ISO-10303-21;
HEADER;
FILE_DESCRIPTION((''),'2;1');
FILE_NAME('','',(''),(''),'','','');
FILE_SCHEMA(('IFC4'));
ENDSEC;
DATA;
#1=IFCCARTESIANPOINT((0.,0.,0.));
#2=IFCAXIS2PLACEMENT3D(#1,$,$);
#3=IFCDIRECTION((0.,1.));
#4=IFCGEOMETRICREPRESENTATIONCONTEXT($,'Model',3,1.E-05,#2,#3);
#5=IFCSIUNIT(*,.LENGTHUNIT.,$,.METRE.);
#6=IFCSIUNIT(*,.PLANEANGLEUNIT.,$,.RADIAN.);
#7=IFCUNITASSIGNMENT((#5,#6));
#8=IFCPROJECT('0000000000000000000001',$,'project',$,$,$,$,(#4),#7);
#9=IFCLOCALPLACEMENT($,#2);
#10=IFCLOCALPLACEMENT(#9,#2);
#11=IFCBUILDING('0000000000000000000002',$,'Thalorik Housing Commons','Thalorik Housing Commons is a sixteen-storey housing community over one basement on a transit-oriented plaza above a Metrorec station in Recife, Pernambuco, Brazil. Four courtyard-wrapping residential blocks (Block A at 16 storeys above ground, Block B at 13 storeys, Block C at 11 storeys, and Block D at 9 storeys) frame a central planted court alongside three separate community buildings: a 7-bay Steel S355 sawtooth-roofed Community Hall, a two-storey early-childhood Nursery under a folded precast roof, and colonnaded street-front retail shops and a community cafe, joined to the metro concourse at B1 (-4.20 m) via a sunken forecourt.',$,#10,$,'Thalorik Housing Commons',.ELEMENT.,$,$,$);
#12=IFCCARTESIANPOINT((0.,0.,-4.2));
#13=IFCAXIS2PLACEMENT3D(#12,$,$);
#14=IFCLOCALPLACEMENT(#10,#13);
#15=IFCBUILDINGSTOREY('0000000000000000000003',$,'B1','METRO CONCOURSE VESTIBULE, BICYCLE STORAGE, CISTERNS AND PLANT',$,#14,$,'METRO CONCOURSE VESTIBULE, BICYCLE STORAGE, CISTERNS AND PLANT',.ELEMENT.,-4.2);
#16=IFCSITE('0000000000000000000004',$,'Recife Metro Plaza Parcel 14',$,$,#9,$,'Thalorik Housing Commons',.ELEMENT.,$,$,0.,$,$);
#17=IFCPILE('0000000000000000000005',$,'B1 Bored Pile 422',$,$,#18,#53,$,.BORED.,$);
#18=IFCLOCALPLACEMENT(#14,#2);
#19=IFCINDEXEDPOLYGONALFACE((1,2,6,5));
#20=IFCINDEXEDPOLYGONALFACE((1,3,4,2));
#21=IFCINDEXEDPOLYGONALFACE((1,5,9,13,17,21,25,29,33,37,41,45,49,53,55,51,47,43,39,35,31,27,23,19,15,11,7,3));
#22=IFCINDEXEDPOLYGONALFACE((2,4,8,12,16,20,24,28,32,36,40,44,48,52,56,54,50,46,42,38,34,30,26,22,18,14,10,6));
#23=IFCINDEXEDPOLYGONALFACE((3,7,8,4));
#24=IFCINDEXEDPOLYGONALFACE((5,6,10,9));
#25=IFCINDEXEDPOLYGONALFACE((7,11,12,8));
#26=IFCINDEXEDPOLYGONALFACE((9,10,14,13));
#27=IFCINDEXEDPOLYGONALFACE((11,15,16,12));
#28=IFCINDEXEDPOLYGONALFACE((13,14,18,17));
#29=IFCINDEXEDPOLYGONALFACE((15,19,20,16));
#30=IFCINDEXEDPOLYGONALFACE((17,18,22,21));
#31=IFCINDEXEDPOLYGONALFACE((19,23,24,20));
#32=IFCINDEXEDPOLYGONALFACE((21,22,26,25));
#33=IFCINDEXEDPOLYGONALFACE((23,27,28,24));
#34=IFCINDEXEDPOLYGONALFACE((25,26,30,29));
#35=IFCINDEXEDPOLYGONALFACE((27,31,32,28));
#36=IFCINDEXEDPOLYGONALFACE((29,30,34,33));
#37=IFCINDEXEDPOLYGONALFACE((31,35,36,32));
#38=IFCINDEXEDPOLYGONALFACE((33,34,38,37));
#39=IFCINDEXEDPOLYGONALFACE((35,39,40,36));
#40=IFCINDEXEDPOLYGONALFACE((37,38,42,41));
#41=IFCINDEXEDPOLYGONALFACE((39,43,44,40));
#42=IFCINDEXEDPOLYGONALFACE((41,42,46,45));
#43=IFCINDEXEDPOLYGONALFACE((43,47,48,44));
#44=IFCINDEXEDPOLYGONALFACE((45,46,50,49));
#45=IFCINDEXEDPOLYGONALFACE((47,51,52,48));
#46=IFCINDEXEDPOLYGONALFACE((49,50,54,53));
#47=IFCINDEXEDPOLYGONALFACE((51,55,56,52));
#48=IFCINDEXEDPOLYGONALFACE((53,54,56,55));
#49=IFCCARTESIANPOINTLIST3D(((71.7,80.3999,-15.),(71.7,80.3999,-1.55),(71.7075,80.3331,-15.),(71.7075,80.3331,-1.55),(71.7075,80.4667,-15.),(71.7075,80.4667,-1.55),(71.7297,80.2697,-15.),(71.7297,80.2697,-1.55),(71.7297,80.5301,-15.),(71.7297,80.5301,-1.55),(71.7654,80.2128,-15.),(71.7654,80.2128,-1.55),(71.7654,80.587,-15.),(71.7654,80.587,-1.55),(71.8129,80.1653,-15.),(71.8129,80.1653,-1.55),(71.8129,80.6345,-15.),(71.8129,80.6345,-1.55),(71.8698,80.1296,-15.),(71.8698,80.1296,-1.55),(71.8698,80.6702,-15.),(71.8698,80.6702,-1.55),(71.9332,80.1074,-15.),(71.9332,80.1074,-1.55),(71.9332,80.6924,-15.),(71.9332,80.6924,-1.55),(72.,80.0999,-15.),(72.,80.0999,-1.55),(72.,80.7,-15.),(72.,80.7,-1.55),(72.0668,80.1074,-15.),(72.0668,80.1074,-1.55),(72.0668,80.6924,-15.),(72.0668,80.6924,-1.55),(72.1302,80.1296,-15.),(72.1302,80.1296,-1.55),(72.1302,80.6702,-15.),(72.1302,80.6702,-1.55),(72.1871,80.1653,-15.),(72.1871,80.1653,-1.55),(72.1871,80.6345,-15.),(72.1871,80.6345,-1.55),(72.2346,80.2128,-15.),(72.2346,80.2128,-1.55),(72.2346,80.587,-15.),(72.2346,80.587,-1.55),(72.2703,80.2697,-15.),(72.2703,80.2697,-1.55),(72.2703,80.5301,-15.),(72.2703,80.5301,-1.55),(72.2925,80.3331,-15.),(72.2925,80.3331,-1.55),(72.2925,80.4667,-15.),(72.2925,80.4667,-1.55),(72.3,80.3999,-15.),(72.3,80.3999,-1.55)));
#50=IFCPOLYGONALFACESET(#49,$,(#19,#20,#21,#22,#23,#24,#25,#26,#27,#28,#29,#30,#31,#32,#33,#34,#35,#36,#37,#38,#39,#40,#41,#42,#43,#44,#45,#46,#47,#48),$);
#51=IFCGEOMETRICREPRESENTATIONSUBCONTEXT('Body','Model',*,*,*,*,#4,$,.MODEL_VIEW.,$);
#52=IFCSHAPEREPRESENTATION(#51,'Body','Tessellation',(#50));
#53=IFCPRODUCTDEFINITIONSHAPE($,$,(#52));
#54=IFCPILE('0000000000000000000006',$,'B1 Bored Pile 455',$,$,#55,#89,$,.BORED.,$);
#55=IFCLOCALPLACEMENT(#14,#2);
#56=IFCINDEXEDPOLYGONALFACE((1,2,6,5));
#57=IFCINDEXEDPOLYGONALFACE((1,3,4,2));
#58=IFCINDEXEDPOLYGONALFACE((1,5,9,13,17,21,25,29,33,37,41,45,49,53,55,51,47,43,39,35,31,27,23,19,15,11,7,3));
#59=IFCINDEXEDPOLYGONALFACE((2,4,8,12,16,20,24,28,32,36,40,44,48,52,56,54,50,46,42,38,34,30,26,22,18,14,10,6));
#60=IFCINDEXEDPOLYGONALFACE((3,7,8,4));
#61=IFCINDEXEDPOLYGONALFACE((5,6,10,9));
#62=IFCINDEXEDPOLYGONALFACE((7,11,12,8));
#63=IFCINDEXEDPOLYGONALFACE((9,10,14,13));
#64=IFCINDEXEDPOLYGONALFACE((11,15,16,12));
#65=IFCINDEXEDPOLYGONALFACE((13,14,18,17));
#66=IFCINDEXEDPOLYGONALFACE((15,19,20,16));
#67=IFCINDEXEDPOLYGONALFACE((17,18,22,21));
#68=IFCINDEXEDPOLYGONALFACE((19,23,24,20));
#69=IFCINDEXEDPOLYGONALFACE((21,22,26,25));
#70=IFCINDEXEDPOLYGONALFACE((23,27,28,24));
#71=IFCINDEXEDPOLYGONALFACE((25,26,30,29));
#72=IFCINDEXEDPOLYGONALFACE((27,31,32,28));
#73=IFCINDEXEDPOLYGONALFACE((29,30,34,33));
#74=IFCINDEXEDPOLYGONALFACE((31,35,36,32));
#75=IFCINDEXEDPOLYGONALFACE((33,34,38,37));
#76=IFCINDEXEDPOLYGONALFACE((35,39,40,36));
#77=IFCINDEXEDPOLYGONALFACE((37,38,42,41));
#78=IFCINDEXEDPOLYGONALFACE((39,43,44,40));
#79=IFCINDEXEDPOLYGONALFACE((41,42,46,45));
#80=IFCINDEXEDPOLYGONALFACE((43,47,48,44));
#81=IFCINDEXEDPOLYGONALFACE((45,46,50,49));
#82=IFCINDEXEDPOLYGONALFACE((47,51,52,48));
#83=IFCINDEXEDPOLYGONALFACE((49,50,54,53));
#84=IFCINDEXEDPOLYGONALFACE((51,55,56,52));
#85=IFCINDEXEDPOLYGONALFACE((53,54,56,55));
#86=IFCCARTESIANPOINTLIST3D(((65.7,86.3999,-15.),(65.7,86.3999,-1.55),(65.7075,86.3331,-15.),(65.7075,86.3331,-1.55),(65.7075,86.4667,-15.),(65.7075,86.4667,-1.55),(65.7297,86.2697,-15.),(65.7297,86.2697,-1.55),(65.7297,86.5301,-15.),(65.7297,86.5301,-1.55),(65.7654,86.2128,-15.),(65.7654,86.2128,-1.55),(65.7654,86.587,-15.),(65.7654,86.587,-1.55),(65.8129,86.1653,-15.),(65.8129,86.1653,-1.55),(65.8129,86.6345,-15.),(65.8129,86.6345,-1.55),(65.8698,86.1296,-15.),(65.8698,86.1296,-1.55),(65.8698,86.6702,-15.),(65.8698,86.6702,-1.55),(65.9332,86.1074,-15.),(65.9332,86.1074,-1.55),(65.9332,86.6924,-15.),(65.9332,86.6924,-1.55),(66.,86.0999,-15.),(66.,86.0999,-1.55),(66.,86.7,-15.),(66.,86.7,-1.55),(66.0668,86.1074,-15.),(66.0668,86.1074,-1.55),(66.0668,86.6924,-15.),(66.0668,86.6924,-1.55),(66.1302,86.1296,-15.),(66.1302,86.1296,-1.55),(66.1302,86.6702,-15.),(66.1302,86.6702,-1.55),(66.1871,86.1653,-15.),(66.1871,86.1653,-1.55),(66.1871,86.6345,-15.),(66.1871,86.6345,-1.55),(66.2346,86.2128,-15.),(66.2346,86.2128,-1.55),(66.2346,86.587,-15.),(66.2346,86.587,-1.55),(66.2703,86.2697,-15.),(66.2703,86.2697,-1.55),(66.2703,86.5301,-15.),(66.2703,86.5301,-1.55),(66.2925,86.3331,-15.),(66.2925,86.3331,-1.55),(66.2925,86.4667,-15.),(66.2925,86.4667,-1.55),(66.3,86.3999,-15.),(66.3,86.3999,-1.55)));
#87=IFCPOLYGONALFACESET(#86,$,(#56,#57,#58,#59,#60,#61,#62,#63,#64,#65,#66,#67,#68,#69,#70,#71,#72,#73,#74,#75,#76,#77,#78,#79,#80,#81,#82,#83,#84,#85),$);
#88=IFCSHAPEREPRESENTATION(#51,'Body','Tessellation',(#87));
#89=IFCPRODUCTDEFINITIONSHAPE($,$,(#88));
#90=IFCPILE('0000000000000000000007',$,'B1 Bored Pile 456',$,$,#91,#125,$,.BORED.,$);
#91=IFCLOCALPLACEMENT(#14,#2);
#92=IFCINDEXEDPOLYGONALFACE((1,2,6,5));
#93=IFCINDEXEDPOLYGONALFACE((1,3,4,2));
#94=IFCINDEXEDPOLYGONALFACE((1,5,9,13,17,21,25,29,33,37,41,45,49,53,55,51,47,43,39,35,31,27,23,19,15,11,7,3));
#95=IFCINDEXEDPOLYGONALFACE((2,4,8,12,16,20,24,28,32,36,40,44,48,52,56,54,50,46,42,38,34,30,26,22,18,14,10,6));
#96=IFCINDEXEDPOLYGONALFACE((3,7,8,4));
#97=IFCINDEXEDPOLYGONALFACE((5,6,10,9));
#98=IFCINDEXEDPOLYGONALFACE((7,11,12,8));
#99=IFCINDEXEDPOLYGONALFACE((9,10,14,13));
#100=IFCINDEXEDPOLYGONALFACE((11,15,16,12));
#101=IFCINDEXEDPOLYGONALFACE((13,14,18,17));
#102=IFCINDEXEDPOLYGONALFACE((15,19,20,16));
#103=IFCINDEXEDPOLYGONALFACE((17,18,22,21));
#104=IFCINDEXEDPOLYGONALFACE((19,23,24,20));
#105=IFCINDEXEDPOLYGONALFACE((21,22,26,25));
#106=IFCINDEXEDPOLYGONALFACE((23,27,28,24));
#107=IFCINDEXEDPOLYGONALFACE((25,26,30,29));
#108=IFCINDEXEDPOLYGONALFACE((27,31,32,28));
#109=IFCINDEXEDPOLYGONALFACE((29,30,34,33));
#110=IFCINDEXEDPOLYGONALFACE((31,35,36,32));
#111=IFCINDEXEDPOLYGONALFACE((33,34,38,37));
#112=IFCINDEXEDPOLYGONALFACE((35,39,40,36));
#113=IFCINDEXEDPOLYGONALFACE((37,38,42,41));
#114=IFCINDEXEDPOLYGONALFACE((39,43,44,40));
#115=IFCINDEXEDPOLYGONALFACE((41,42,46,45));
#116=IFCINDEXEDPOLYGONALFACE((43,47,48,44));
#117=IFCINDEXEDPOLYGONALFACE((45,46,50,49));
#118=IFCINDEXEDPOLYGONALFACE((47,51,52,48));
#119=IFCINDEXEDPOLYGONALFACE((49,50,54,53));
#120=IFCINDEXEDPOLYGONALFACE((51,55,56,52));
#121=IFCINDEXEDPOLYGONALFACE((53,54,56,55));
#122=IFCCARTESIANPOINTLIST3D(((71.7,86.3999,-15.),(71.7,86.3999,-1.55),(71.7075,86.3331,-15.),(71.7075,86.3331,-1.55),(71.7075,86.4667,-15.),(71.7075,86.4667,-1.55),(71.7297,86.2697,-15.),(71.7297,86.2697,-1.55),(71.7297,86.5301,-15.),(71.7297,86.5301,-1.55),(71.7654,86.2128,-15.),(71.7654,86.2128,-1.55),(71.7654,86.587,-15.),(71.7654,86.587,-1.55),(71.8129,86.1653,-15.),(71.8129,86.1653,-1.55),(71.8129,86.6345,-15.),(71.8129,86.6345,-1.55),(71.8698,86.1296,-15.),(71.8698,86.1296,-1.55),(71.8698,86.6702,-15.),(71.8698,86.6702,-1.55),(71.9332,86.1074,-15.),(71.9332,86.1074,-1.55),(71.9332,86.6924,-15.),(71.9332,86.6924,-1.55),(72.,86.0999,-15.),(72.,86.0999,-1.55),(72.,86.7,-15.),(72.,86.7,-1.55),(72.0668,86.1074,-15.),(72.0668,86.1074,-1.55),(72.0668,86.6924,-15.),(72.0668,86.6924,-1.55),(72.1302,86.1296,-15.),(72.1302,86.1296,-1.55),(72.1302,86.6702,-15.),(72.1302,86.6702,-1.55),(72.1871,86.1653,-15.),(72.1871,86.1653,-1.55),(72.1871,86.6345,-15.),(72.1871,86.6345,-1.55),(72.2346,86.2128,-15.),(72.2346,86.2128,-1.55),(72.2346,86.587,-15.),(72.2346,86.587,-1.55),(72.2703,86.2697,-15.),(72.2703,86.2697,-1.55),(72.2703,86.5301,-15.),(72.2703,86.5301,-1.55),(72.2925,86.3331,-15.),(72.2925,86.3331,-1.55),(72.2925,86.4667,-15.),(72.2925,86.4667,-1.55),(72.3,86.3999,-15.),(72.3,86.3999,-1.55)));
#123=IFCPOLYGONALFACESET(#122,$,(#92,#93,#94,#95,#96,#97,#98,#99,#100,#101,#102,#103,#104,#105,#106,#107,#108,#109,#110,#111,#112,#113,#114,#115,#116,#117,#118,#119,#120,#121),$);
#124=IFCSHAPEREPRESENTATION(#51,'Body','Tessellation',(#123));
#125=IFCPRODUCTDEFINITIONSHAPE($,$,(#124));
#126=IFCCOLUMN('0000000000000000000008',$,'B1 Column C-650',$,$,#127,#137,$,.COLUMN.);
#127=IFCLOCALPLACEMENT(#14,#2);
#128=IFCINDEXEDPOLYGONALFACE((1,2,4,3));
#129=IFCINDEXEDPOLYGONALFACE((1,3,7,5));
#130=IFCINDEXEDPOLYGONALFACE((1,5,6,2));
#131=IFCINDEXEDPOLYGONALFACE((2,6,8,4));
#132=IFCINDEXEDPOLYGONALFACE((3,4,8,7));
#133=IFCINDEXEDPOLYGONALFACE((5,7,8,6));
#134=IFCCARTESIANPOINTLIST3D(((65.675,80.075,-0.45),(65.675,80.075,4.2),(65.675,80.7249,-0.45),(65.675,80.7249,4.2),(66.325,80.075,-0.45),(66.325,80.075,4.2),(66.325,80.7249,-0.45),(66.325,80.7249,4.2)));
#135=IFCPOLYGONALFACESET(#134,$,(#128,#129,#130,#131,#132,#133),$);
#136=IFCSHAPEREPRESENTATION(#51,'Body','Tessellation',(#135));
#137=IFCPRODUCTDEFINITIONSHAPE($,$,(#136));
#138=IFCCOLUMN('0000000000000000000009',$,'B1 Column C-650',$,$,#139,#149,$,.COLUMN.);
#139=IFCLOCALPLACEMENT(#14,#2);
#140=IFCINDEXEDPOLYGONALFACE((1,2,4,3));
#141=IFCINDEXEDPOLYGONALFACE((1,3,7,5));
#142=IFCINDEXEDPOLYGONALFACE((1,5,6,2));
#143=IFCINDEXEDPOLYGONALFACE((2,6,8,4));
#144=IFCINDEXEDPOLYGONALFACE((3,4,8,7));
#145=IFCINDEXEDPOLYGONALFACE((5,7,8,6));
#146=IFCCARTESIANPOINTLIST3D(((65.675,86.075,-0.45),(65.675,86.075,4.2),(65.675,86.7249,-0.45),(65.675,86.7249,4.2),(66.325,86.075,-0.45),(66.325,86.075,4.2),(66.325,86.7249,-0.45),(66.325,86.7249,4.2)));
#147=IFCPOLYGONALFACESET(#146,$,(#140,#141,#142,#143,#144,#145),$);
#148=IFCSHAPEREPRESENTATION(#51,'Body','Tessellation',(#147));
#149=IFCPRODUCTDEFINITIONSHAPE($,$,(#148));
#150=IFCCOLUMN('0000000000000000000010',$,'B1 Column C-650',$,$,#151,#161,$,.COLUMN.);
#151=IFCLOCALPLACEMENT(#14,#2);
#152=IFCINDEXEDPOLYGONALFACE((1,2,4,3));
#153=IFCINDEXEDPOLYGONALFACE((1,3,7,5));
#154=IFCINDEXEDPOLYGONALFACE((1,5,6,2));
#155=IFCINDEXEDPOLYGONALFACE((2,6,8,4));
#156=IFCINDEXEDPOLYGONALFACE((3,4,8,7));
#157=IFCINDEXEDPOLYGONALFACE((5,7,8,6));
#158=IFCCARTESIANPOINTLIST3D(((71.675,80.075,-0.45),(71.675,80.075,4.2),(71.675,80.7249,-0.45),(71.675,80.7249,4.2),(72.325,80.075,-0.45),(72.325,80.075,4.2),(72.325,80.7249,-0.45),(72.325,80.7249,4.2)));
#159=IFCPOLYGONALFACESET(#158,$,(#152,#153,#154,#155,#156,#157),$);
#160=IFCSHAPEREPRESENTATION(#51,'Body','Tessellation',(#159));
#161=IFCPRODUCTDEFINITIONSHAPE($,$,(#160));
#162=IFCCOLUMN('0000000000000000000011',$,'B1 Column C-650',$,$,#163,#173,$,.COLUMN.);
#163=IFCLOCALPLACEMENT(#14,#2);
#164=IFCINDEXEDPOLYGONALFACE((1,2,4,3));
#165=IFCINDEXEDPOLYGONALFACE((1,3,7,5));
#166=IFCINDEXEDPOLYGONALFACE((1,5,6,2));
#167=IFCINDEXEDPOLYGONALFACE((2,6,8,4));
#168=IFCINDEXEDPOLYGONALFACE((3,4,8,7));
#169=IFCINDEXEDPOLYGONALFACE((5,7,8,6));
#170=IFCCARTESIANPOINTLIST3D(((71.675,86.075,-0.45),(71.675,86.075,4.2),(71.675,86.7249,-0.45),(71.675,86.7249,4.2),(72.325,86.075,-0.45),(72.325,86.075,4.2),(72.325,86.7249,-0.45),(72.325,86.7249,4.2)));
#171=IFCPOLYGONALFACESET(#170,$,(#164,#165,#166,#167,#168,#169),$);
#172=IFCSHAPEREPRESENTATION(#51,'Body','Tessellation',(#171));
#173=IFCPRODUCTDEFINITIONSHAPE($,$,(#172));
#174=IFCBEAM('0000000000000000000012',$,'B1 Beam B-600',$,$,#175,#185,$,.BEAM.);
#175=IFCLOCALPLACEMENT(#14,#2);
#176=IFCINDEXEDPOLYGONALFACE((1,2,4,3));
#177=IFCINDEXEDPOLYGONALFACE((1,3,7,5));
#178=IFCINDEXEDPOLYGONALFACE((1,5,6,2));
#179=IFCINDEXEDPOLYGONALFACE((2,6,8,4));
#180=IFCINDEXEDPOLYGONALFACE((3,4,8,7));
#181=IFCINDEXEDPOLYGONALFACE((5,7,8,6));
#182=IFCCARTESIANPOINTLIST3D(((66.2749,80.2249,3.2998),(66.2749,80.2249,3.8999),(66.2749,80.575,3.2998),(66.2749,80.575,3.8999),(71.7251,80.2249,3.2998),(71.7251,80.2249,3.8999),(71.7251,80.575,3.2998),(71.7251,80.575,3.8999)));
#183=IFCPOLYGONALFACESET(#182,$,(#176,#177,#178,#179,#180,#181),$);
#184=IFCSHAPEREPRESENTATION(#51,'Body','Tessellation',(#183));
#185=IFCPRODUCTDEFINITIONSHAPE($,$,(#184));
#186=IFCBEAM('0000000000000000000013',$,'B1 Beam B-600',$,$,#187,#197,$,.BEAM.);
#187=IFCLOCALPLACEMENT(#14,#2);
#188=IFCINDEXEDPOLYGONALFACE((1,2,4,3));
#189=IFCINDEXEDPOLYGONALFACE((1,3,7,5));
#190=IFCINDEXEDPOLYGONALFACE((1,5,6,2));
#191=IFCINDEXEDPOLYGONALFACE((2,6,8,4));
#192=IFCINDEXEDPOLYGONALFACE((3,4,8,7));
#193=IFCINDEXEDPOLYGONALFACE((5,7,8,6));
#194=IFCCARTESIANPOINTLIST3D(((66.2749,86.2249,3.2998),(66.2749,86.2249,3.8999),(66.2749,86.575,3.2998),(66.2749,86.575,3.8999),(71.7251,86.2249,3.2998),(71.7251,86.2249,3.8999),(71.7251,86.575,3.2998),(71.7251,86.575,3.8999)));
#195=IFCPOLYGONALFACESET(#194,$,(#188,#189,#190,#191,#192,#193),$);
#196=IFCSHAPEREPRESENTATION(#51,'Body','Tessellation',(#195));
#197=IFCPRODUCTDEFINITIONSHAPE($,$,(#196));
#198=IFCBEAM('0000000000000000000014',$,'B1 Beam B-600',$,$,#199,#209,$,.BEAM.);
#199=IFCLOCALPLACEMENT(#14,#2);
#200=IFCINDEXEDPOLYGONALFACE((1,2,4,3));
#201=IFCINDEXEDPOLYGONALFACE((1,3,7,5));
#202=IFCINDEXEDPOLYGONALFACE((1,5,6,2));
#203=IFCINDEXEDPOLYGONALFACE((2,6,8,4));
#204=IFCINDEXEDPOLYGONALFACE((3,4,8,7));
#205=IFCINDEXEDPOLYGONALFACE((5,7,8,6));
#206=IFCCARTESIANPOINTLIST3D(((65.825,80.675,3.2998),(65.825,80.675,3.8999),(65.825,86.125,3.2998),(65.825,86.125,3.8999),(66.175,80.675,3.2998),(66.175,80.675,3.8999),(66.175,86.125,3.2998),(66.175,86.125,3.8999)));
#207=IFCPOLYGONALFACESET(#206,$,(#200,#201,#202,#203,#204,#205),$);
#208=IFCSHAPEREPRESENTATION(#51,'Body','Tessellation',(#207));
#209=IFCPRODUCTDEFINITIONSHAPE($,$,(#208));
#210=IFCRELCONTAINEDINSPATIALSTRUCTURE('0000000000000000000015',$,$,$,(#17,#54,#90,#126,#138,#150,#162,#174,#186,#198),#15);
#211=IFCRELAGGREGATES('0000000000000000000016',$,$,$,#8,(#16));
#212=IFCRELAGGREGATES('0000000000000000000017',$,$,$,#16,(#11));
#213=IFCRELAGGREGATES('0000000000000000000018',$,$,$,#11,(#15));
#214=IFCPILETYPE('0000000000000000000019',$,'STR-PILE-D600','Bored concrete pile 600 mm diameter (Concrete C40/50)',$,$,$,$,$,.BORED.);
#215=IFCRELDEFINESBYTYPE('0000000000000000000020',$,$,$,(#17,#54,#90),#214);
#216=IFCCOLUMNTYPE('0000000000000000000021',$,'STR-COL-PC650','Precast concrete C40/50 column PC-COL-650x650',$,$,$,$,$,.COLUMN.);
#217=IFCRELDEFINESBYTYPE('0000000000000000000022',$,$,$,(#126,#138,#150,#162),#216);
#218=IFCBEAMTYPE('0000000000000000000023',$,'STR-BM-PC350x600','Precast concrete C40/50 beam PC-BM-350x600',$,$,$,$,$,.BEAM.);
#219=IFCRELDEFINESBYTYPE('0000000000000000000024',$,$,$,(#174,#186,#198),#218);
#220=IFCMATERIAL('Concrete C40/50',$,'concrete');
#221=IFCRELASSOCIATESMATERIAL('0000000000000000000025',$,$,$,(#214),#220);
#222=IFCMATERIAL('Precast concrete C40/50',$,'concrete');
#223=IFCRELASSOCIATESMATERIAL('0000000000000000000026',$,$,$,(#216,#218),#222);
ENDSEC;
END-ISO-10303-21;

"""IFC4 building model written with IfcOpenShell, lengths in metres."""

from ifc_helpers import new_model, si_unit, direction, frame, origin, origin_2d, place, context, subcontext, project, spatial, rectangle, circle, extrude, material, material_profile, profile_set, type_object, element, save


model = new_model("IFC4")

# Units and contexts
model_context = context("Model", 3, precision=1e-05, world=origin(), true_north=direction((0.0, 1.0)))
body_context = subcontext(model_context, "Body", "Model", "MODEL_VIEW")
ifc_project = project(units=[si_unit("LENGTHUNIT", "METRE"), si_unit("PLANEANGLEUNIT", "RADIAN")], contexts=[model_context])

# Site, building, storey
site_placement = place(None, origin())
site = spatial("IfcSite", under=ifc_project, at=site_placement, Name="Recife Metro Plaza Parcel 14", LongName="Thalorik Housing Commons", CompositionType="ELEMENT", RefElevation=0.0)
building_placement = place(site_placement, origin())
building = spatial("IfcBuilding", under=site, at=building_placement, Name="Thalorik Housing Commons", Description="Thalorik Housing Commons is a sixteen-storey housing community over one basement on a transit-oriented plaza above a Metrorec station in Recife, Pernambuco, Brazil. Four courtyard-wrapping residential blocks (Block A at 16 storeys above ground, Block B at 13 storeys, Block C at 11 storeys, and Block D at 9 storeys) frame a central planted court alongside three separate community buildings: a 7-bay Steel S355 sawtooth-roofed Community Hall, a two-storey early-childhood Nursery under a folded precast roof, and colonnaded street-front retail shops and a community cafe, joined to the metro concourse at B1 (-4.20 m) via a sunken forecourt.", LongName="Thalorik Housing Commons", CompositionType="ELEMENT")
storey_placement = place(building_placement, frame((0.0, 0.0, -4.2)))
storey = spatial("IfcBuildingStorey", under=building, at=storey_placement, Name="B1", Description="METRO CONCOURSE VESTIBULE, BICYCLE STORAGE, CISTERNS AND PLANT", LongName="METRO CONCOURSE VESTIBULE, BICYCLE STORAGE, CISTERNS AND PLANT", CompositionType="ELEMENT", Elevation=-4.2)

# Shared definitions
ifc_material_1 = material(Name="Concrete C40/50", Category="concrete")

# Piles
ifc_material_profile_1 = material_profile(ifc_material_1, circle(Radius=0.3, at=origin_2d()), Name="BORED PILE D600", Category="concrete")
ifc_profile_set_1 = profile_set([ifc_material_profile_1], Name="Concrete C40/50")
pile_type = type_object("IfcPileType", Name="STR-PILE-D600", Description="Bored concrete pile 600 mm diameter (Concrete C40/50)", PredefinedType="BORED", material=ifc_profile_set_1)
for number, where, z_axis, x_axis, name in (
    (1, (72.0, 80.3999, -1.55), (0.0, 0.0, -1.0), (1.0, 0.0, 0.0), "B1 Bored Pile 422"),
    (2, (66.0, 86.3999, -1.55), (0.0, 0.0, -1.0), (1.0, 0.0, 0.0), "B1 Bored Pile 455"),
    (3, (72.0, 86.3999, -1.55), (0.0, 0.0, -1.0), (1.0, 0.0, 0.0), "B1 Bored Pile 456"),
):
    element("IfcPile", number, at=place(storey_placement, frame(where, z_axis=z_axis, x_axis=x_axis)), inside=storey, type_object=pile_type, Name=name, PredefinedType="BORED", context=body_context, shape_type="SweptSolid", body=[
        extrude(circle(Radius=0.3, at=origin_2d()), origin(), (0.0, 0.0, 1.0), 13.45),
    ])

# Columns
ifc_material_2 = material(Name="Precast concrete C40/50", Category="concrete")
ifc_material_profile_2 = material_profile(ifc_material_2, rectangle(XDim=0.6499, YDim=0.6499, at=origin_2d()), Name="PC 650x650", Category="concrete")
ifc_profile_set_2 = profile_set([ifc_material_profile_2], Name="Precast concrete C40/50")
column_type = type_object("IfcColumnType", Name="STR-COL-PC650", Description="Precast concrete C40/50 column PC-COL-650x650", PredefinedType="COLUMN", material=ifc_profile_set_2)
for number, where, z_axis, x_axis, name in (
    (4, (66.0, 80.3999, -0.45), (0.0, 0.0, 1.0), (1.0, 0.0, 0.0), "B1 Column C-650"),
    (5, (66.0, 86.3999, -0.45), (0.0, 0.0, 1.0), (1.0, 0.0, 0.0), "B1 Column C-650"),
    (6, (72.0, 80.3999, -0.45), (0.0, 0.0, 1.0), (1.0, 0.0, 0.0), "B1 Column C-650"),
    (7, (72.0, 86.3999, -0.45), (0.0, 0.0, 1.0), (1.0, 0.0, 0.0), "B1 Column C-650"),
):
    element("IfcColumn", number, at=place(storey_placement, frame(where, z_axis=z_axis, x_axis=x_axis)), inside=storey, type_object=column_type, Name=name, PredefinedType="COLUMN", context=body_context, shape_type="SweptSolid", body=[
        extrude(rectangle(XDim=0.6499, YDim=0.6499, at=origin_2d()), origin(), (0.0, 0.0, 1.0), 4.6499),
    ])

# Beams
ifc_material_profile_3 = material_profile(ifc_material_2, rectangle(XDim=0.3501, YDim=0.6001, at=origin_2d()), Name="PC 350x600", Category="concrete")
ifc_profile_set_3 = profile_set([ifc_material_profile_3], Name="Precast concrete C40/50")
beam_type_1 = type_object("IfcBeamType", Name="STR-BM-PC350x600", Description="Precast concrete C40/50 beam PC-BM-350x600", PredefinedType="BEAM", material=ifc_profile_set_3)
for number, where, z_axis, x_axis, name in (
    (8, (66.2749, 80.3999, 3.5999), (1.0, 0.0, 0.0), (0.0, 1.0, 0.0), "B1 Beam B-600"),
    (9, (66.2749, 86.3999, 3.5999), (1.0, 0.0, 0.0), (0.0, 1.0, 0.0), "B1 Beam B-600"),
):
    element("IfcBeam", number, at=place(storey_placement, frame(where, z_axis=z_axis, x_axis=x_axis)), inside=storey, type_object=beam_type_1, Name=name, PredefinedType="BEAM", context=body_context, shape_type="SweptSolid", body=[
        extrude(rectangle(XDim=0.3501, YDim=0.6001, at=origin_2d()), origin(), (0.0, 0.0, 1.0), 5.4502),
    ])
for number, where, z_axis, x_axis, name in (
    (10, (66.0, 80.675, 3.5999), (0.0, 1.0, 0.0), (-1.0, 0.0, 0.0), "B1 Beam B-600"),
):
    element("IfcBeam", number, at=place(storey_placement, frame(where, z_axis=z_axis, x_axis=x_axis)), inside=storey, type_object=beam_type_1, Name=name, PredefinedType="BEAM", context=body_context, shape_type="SweptSolid", body=[
        extrude(rectangle(XDim=0.3501, YDim=0.6001, at=origin_2d()), origin(), (0.0, 0.0, 1.0), 5.45),
    ])

save(model, "model.ifc")
